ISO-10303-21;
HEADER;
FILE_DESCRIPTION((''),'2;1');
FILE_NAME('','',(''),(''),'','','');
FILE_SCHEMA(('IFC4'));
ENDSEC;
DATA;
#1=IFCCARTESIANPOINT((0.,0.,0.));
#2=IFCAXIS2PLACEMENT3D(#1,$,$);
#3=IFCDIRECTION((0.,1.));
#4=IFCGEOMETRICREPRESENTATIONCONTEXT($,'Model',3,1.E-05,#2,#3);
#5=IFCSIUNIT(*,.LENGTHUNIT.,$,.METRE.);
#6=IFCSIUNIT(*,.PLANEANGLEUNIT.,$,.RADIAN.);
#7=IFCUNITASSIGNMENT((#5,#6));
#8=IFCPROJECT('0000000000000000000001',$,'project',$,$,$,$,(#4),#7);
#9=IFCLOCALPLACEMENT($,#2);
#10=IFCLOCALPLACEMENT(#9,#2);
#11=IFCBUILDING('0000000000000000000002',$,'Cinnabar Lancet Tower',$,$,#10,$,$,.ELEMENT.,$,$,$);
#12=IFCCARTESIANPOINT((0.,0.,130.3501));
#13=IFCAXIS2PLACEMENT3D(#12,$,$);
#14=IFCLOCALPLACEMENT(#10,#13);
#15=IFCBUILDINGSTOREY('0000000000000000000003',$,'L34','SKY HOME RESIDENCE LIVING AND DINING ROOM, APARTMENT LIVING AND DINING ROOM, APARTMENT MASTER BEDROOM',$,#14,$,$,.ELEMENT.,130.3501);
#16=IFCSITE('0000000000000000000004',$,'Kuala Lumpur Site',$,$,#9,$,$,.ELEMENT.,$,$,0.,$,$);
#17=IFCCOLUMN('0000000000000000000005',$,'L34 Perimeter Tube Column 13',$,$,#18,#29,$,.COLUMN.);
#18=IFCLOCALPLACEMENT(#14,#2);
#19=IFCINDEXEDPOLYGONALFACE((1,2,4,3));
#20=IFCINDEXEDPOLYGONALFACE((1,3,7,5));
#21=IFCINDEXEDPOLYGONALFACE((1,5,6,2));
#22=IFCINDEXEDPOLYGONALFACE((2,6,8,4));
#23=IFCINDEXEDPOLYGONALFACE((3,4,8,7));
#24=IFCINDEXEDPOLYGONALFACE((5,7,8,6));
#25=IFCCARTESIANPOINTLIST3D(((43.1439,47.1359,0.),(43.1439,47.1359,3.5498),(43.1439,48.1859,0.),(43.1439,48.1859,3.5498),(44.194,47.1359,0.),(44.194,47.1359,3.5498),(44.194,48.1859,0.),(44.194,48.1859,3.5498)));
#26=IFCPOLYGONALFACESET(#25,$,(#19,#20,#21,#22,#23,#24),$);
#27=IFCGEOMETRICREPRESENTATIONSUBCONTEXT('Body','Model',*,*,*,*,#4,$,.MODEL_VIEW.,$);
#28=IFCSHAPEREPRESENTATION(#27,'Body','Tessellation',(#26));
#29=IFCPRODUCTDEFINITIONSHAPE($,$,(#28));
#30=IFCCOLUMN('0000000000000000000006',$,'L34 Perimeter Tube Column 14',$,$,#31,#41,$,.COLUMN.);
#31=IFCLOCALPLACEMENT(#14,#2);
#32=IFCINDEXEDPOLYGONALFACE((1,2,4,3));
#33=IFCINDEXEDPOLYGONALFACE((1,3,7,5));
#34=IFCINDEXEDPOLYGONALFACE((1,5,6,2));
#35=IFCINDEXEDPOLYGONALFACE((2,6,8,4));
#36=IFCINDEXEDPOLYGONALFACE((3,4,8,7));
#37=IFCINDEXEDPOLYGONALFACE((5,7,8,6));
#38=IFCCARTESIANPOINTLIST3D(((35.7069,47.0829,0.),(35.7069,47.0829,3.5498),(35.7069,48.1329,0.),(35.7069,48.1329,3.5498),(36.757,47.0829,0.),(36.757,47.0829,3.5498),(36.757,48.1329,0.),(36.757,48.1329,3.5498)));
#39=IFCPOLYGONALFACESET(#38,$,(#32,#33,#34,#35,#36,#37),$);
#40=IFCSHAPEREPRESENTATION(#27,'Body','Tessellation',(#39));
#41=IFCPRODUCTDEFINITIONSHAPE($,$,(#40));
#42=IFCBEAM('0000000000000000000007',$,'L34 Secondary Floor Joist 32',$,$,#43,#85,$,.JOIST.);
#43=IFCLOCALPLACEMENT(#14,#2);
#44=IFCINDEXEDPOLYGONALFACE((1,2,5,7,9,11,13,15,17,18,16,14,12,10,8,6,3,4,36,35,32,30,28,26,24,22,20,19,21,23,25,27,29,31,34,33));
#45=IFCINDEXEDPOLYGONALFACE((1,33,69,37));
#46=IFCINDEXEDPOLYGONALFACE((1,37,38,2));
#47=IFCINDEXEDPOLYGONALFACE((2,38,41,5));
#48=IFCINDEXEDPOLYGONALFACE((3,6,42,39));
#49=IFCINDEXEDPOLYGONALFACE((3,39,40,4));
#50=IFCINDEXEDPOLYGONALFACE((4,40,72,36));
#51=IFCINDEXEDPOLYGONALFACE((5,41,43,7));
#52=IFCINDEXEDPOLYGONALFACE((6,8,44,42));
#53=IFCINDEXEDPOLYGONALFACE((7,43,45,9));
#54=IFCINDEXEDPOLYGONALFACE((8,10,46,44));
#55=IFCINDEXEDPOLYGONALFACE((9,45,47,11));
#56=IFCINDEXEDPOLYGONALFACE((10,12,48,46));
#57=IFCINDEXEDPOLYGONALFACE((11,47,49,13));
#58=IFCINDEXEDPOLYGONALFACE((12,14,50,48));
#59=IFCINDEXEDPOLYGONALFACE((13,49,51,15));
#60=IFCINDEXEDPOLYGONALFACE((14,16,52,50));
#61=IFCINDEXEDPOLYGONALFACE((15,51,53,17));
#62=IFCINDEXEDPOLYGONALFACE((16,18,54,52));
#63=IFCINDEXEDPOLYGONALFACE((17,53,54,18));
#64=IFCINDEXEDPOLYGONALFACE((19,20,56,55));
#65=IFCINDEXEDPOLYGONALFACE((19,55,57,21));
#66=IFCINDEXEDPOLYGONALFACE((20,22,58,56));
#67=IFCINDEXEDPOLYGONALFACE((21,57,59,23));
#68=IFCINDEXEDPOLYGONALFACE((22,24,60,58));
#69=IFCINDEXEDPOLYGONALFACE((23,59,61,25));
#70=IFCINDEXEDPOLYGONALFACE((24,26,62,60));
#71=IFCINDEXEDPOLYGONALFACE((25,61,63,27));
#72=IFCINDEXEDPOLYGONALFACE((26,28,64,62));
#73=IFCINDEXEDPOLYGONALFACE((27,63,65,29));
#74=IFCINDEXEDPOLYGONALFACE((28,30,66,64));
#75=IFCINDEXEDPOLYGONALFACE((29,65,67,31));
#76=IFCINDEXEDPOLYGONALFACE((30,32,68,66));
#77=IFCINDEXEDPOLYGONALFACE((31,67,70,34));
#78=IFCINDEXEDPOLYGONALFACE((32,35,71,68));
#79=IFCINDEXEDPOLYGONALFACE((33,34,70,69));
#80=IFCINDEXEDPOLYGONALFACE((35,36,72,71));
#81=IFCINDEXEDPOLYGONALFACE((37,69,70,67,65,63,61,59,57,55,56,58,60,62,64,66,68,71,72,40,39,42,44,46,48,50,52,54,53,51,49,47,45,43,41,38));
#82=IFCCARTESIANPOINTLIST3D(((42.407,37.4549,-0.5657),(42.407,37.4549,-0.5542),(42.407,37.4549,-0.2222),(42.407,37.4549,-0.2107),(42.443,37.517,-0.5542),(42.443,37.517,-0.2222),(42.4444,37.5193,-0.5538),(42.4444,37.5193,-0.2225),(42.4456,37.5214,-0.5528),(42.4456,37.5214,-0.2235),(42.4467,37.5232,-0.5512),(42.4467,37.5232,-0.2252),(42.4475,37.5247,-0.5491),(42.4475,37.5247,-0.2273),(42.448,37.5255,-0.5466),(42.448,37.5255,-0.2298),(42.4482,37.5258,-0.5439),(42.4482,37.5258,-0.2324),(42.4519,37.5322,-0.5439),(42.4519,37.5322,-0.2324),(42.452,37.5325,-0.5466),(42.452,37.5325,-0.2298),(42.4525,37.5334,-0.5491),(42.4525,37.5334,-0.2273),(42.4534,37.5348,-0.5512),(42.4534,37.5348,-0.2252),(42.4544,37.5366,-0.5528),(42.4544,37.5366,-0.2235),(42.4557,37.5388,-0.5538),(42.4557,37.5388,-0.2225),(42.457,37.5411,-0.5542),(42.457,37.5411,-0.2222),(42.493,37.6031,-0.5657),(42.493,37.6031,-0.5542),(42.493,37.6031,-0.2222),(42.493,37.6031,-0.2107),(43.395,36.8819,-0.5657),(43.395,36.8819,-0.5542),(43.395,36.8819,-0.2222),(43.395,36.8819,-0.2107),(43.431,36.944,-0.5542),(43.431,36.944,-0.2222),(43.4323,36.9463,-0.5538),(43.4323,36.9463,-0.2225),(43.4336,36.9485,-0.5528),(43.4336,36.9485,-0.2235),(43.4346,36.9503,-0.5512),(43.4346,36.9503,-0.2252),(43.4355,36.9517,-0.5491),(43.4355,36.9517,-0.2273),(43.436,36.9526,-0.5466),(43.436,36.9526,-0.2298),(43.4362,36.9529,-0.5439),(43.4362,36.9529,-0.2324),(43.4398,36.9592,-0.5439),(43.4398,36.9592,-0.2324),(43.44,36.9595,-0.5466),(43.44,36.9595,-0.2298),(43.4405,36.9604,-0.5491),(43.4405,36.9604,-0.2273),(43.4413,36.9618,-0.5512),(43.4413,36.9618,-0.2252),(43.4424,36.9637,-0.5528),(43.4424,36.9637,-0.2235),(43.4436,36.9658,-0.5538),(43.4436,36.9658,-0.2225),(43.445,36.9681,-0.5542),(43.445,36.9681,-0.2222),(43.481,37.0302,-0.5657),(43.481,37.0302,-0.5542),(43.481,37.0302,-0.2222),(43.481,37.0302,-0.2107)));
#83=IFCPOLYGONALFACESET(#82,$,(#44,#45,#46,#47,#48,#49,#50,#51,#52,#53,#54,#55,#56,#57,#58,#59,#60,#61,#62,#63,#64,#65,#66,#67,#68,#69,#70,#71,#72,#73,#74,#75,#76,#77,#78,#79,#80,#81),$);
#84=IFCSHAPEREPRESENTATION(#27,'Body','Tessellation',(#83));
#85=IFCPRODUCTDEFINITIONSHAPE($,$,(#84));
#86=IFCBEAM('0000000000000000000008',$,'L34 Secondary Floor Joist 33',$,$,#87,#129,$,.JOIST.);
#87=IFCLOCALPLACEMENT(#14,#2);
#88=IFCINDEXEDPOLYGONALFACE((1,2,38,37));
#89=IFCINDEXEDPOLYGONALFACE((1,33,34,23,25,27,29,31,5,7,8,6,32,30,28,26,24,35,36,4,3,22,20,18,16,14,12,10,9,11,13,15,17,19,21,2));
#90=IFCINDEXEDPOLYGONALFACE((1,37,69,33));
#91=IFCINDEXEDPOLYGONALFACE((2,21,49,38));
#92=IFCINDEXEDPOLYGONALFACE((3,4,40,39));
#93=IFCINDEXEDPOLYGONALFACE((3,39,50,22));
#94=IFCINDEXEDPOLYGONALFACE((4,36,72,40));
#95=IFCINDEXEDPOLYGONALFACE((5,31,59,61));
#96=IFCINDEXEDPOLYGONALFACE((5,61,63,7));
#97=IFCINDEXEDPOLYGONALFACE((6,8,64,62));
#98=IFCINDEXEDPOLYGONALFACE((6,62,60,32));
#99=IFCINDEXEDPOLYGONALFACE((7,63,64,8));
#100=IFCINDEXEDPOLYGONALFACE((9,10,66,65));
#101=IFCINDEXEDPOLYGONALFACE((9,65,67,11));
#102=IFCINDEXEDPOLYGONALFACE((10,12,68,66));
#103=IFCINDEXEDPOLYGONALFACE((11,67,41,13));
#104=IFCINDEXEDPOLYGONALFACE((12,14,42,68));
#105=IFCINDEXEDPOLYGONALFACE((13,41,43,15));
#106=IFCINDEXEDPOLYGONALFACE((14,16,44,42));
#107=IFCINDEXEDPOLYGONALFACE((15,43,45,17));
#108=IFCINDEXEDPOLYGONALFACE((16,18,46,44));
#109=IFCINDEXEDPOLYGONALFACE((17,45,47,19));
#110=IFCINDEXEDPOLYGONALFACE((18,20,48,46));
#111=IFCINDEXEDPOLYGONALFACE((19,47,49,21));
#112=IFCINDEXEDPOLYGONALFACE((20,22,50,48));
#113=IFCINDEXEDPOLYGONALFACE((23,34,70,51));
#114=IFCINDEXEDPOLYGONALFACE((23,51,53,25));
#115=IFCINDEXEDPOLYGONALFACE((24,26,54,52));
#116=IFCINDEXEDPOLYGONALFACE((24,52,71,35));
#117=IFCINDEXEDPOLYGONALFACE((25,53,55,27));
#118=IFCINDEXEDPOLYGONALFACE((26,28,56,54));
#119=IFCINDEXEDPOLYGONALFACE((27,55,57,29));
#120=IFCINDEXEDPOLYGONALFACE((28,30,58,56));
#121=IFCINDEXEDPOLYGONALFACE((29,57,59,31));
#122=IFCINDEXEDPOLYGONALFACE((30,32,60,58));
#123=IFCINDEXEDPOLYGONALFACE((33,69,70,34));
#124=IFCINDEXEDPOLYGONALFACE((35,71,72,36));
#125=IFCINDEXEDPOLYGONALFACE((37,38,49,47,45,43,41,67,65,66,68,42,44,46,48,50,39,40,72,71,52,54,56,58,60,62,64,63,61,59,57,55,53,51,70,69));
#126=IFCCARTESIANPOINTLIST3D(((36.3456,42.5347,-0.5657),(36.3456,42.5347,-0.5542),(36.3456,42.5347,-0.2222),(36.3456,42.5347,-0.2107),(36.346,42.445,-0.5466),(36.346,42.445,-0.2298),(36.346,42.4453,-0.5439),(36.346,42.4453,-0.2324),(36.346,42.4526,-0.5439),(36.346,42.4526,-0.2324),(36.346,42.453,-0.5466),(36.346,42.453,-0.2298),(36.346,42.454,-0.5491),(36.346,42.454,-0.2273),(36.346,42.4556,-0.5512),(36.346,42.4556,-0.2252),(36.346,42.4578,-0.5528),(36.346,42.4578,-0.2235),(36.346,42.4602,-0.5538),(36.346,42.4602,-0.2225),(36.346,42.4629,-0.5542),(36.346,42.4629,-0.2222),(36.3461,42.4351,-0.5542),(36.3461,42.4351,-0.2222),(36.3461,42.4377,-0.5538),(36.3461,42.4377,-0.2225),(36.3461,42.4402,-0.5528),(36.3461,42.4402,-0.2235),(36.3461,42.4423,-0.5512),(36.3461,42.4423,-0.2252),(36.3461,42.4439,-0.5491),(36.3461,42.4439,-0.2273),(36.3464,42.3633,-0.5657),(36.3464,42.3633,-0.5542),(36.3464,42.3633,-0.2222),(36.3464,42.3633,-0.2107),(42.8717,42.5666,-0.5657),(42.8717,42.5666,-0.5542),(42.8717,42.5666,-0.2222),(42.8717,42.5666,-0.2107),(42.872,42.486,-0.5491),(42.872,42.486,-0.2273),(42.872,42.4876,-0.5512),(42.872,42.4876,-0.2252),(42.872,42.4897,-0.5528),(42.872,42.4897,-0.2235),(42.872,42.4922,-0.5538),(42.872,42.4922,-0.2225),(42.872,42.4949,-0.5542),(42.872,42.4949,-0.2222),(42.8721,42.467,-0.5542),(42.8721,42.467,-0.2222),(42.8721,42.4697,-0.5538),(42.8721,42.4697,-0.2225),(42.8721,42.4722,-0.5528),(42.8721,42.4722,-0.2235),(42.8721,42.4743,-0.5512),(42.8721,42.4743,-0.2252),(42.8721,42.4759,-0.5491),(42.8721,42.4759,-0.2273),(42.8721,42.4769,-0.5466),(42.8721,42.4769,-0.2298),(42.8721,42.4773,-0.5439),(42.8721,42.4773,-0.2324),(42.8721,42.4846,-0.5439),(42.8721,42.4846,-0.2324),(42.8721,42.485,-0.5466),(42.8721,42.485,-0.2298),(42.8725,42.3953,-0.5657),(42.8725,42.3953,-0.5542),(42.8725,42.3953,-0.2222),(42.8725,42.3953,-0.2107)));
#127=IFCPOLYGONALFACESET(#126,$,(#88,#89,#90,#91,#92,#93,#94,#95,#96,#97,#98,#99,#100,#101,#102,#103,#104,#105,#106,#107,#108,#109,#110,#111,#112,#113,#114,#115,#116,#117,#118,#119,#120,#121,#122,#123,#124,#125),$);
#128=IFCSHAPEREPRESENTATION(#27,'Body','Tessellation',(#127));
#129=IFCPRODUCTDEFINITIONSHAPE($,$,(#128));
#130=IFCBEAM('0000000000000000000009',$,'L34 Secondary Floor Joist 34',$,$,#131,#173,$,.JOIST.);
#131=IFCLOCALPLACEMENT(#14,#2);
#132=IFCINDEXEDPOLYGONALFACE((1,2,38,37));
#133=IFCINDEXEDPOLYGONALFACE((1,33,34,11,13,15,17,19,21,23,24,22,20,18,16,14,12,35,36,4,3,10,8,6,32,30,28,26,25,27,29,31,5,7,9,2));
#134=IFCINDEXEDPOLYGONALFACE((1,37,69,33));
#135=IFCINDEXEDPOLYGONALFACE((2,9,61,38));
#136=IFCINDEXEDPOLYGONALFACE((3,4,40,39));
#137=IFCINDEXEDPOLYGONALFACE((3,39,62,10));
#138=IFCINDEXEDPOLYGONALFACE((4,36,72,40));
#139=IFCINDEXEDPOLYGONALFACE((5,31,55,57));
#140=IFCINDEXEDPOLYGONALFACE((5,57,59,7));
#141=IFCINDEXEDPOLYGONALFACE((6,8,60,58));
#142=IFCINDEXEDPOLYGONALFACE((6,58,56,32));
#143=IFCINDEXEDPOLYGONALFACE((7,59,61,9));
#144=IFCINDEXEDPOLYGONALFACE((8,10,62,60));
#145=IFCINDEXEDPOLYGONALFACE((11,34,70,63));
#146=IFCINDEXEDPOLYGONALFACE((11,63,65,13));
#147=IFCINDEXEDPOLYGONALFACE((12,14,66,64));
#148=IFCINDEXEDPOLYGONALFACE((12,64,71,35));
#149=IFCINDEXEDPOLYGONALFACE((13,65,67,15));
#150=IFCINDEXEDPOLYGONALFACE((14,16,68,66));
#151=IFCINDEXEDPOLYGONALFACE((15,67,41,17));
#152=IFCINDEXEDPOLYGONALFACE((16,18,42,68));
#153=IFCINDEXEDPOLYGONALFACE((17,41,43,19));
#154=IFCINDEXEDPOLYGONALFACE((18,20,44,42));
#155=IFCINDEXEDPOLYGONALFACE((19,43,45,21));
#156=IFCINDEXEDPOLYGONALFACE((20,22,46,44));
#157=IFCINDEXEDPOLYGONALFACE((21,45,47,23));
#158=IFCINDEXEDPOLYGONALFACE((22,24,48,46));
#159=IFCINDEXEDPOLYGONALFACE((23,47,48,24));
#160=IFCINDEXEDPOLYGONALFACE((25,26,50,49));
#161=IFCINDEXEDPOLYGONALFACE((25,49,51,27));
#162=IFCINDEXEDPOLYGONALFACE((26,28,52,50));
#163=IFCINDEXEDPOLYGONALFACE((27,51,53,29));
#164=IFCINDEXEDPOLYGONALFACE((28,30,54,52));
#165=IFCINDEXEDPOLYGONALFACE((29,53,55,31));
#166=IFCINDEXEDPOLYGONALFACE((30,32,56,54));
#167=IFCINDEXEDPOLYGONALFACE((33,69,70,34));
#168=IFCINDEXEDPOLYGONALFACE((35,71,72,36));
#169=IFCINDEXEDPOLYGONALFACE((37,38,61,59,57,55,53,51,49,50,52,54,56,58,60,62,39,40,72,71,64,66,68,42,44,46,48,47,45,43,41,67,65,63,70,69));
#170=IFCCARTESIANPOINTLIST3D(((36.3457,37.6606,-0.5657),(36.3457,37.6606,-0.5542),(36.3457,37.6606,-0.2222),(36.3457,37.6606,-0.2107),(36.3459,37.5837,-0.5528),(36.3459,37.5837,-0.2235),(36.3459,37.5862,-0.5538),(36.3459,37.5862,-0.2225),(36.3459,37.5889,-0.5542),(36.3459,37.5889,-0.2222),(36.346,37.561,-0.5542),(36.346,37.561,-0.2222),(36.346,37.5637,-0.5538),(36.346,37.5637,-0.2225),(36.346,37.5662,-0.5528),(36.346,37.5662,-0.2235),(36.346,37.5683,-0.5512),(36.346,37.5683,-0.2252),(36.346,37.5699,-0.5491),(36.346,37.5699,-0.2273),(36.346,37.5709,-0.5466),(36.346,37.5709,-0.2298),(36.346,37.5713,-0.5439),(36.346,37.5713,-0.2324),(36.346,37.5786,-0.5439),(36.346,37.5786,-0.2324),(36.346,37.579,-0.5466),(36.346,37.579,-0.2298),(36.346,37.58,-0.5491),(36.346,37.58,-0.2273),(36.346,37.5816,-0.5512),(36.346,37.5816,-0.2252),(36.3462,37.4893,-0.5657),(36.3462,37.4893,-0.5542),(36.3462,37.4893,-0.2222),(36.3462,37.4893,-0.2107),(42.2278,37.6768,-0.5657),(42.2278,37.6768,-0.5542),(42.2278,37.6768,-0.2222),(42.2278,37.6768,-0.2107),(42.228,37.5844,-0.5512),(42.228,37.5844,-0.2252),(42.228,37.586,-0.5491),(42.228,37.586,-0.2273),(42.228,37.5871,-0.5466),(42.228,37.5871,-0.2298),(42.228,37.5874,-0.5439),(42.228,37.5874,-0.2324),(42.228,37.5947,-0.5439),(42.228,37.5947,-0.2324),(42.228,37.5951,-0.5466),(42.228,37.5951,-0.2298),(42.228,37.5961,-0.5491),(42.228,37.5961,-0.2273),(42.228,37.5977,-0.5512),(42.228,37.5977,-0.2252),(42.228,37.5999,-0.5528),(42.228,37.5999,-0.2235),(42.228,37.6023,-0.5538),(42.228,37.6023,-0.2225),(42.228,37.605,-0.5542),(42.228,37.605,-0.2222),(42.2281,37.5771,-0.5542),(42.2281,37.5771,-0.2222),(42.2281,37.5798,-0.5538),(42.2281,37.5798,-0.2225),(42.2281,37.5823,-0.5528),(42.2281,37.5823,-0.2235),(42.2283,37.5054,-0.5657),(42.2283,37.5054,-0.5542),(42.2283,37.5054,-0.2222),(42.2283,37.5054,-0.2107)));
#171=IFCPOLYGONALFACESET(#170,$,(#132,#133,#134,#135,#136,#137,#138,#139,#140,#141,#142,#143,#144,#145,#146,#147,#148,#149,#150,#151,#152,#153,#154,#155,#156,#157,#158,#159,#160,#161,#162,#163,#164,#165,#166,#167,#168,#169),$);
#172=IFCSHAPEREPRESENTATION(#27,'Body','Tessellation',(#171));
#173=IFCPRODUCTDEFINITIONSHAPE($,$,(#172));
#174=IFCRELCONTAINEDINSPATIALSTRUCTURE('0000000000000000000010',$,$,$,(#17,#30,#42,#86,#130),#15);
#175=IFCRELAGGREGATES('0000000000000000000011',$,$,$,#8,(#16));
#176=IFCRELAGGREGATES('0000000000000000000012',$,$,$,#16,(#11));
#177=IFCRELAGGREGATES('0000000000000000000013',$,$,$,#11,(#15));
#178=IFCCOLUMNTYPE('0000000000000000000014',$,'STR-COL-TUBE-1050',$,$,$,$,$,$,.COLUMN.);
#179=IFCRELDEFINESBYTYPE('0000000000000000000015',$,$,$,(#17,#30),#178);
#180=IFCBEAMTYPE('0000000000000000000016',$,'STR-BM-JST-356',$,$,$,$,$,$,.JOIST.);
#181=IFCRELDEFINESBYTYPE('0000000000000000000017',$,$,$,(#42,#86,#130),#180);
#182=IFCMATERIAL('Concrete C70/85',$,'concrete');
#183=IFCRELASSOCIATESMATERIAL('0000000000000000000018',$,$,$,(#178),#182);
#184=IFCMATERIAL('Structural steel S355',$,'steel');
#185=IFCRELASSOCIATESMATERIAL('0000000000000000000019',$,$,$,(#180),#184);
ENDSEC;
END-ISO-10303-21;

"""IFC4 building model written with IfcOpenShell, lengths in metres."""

from ifc_helpers import new_model, si_unit, direction, frame, origin, origin_2d, place, context, subcontext, project, spatial, rectangle, i_section, extrude, material, material_profile, profile_set, type_object, element, save


model = new_model("IFC4")

# Units and contexts
model_context = context("Model", 3, precision=1e-05, world=origin(), true_north=direction((0.0, 1.0)))
body_context = subcontext(model_context, "Body", "Model", "MODEL_VIEW")
ifc_project = project(units=[si_unit("LENGTHUNIT", "METRE"), si_unit("PLANEANGLEUNIT", "RADIAN")], contexts=[model_context])

# Site, building, storey
site_placement = place(None, origin())
site = spatial("IfcSite", under=ifc_project, at=site_placement, Name="Kuala Lumpur Site", CompositionType="ELEMENT", RefElevation=0.0)
building_placement = place(site_placement, origin())
building = spatial("IfcBuilding", under=site, at=building_placement, Name="Cinnabar Lancet Tower", CompositionType="ELEMENT")
storey_placement = place(building_placement, frame((0.0, 0.0, 130.3501)))
storey = spatial("IfcBuildingStorey", under=building, at=storey_placement, Name="L34", Description="SKY HOME RESIDENCE LIVING AND DINING ROOM, APARTMENT LIVING AND DINING ROOM, APARTMENT MASTER BEDROOM", CompositionType="ELEMENT", Elevation=130.3501)

# Columns
ifc_material_1 = material(Name="Concrete C70/85", Category="concrete")
ifc_material_profile_1 = material_profile(ifc_material_1, rectangle(XDim=1.05, YDim=1.05, at=origin_2d()), Name="RC-COL 1050x1050")
ifc_profile_set_1 = profile_set([ifc_material_profile_1], Name="Concrete C70/85")
column_type = type_object("IfcColumnType", Name="STR-COL-TUBE-1050", PredefinedType="COLUMN", material=ifc_profile_set_1)
for number, where, z_axis, x_axis, name in (
    (1, (43.6689, 47.6609, 0.0), (0.0, 0.0, 1.0), (1.0, 0.0, 0.0), "L34 Perimeter Tube Column 13"),
    (2, (36.2319, 47.6079, 0.0), (0.0, 0.0, 1.0), (1.0, 0.0, 0.0), "L34 Perimeter Tube Column 14"),
):
    element("IfcColumn", number, at=place(storey_placement, frame(where, z_axis=z_axis, x_axis=x_axis)), inside=storey, type_object=column_type, Name=name, PredefinedType="COLUMN", context=body_context, shape_type="SweptSolid", body=[
        extrude(rectangle(XDim=1.05, YDim=1.05, at=origin_2d()), origin(), (0.0, 0.0, 1.0), 3.5498),
    ])

# Beams
ifc_material_2 = material(Name="Structural steel S355", Category="steel")
ifc_material_profile_2 = material_profile(ifc_material_2, i_section(OverallWidth=0.1714, OverallDepth=0.355, WebThickness=0.0073, FlangeThickness=0.0115, FilletRadius=0.0103, at=origin_2d()), Name="UKB 356x171x51")
ifc_profile_set_2 = profile_set([ifc_material_profile_2], Name="Structural steel S355")
beam_type_1 = type_object("IfcBeamType", Name="STR-BM-JST-356", PredefinedType="JOIST", material=ifc_profile_set_2)
beam_1_placement = place(storey_placement, frame((43.438, 36.9561, -0.3882), z_axis=(-0.865055, 0.501677, 0.0), x_axis=(-0.501677, -0.865055, 0.0)))
element("IfcBeam", 3, at=beam_1_placement, inside=storey, type_object=beam_type_1, Name="L34 Secondary Floor Joist 32", PredefinedType="JOIST", context=body_context, shape_type="SweptSolid", body=[
    extrude(i_section(OverallWidth=0.1714, OverallDepth=0.355, WebThickness=0.0073, FlangeThickness=0.0115, FilletRadius=0.0103, at=origin_2d()), origin(), (0.0, 0.0, 1.0), 1.1421),
])
beam_2_placement = place(storey_placement, frame((42.8721, 42.481, -0.3882), z_axis=(-0.999988, -0.004901, 0.0), x_axis=(0.004901, -0.999988, 0.0)))
element("IfcBeam", 4, at=beam_2_placement, inside=storey, type_object=beam_type_1, Name="L34 Secondary Floor Joist 33", PredefinedType="JOIST", context=body_context, shape_type="SweptSolid", body=[
    extrude(i_section(OverallWidth=0.1714, OverallDepth=0.355, WebThickness=0.0073, FlangeThickness=0.0115, FilletRadius=0.0103, at=origin_2d()), origin(), (0.0, 0.0, 1.0), 6.5261),
])
beam_3_placement = place(storey_placement, frame((42.228, 37.5911, -0.3882), z_axis=(-0.999996, -0.002739, 0.0), x_axis=(0.002739, -0.999996, 0.0)))
element("IfcBeam", 5, at=beam_3_placement, inside=storey, type_object=beam_type_1, Name="L34 Secondary Floor Joist 34", PredefinedType="JOIST", context=body_context, shape_type="SweptSolid", body=[
    extrude(i_section(OverallWidth=0.1714, OverallDepth=0.355, WebThickness=0.0073, FlangeThickness=0.0115, FilletRadius=0.0103, at=origin_2d()), origin(), (0.0, 0.0, 1.0), 5.8821),
])

save(model, "model.ifc")
